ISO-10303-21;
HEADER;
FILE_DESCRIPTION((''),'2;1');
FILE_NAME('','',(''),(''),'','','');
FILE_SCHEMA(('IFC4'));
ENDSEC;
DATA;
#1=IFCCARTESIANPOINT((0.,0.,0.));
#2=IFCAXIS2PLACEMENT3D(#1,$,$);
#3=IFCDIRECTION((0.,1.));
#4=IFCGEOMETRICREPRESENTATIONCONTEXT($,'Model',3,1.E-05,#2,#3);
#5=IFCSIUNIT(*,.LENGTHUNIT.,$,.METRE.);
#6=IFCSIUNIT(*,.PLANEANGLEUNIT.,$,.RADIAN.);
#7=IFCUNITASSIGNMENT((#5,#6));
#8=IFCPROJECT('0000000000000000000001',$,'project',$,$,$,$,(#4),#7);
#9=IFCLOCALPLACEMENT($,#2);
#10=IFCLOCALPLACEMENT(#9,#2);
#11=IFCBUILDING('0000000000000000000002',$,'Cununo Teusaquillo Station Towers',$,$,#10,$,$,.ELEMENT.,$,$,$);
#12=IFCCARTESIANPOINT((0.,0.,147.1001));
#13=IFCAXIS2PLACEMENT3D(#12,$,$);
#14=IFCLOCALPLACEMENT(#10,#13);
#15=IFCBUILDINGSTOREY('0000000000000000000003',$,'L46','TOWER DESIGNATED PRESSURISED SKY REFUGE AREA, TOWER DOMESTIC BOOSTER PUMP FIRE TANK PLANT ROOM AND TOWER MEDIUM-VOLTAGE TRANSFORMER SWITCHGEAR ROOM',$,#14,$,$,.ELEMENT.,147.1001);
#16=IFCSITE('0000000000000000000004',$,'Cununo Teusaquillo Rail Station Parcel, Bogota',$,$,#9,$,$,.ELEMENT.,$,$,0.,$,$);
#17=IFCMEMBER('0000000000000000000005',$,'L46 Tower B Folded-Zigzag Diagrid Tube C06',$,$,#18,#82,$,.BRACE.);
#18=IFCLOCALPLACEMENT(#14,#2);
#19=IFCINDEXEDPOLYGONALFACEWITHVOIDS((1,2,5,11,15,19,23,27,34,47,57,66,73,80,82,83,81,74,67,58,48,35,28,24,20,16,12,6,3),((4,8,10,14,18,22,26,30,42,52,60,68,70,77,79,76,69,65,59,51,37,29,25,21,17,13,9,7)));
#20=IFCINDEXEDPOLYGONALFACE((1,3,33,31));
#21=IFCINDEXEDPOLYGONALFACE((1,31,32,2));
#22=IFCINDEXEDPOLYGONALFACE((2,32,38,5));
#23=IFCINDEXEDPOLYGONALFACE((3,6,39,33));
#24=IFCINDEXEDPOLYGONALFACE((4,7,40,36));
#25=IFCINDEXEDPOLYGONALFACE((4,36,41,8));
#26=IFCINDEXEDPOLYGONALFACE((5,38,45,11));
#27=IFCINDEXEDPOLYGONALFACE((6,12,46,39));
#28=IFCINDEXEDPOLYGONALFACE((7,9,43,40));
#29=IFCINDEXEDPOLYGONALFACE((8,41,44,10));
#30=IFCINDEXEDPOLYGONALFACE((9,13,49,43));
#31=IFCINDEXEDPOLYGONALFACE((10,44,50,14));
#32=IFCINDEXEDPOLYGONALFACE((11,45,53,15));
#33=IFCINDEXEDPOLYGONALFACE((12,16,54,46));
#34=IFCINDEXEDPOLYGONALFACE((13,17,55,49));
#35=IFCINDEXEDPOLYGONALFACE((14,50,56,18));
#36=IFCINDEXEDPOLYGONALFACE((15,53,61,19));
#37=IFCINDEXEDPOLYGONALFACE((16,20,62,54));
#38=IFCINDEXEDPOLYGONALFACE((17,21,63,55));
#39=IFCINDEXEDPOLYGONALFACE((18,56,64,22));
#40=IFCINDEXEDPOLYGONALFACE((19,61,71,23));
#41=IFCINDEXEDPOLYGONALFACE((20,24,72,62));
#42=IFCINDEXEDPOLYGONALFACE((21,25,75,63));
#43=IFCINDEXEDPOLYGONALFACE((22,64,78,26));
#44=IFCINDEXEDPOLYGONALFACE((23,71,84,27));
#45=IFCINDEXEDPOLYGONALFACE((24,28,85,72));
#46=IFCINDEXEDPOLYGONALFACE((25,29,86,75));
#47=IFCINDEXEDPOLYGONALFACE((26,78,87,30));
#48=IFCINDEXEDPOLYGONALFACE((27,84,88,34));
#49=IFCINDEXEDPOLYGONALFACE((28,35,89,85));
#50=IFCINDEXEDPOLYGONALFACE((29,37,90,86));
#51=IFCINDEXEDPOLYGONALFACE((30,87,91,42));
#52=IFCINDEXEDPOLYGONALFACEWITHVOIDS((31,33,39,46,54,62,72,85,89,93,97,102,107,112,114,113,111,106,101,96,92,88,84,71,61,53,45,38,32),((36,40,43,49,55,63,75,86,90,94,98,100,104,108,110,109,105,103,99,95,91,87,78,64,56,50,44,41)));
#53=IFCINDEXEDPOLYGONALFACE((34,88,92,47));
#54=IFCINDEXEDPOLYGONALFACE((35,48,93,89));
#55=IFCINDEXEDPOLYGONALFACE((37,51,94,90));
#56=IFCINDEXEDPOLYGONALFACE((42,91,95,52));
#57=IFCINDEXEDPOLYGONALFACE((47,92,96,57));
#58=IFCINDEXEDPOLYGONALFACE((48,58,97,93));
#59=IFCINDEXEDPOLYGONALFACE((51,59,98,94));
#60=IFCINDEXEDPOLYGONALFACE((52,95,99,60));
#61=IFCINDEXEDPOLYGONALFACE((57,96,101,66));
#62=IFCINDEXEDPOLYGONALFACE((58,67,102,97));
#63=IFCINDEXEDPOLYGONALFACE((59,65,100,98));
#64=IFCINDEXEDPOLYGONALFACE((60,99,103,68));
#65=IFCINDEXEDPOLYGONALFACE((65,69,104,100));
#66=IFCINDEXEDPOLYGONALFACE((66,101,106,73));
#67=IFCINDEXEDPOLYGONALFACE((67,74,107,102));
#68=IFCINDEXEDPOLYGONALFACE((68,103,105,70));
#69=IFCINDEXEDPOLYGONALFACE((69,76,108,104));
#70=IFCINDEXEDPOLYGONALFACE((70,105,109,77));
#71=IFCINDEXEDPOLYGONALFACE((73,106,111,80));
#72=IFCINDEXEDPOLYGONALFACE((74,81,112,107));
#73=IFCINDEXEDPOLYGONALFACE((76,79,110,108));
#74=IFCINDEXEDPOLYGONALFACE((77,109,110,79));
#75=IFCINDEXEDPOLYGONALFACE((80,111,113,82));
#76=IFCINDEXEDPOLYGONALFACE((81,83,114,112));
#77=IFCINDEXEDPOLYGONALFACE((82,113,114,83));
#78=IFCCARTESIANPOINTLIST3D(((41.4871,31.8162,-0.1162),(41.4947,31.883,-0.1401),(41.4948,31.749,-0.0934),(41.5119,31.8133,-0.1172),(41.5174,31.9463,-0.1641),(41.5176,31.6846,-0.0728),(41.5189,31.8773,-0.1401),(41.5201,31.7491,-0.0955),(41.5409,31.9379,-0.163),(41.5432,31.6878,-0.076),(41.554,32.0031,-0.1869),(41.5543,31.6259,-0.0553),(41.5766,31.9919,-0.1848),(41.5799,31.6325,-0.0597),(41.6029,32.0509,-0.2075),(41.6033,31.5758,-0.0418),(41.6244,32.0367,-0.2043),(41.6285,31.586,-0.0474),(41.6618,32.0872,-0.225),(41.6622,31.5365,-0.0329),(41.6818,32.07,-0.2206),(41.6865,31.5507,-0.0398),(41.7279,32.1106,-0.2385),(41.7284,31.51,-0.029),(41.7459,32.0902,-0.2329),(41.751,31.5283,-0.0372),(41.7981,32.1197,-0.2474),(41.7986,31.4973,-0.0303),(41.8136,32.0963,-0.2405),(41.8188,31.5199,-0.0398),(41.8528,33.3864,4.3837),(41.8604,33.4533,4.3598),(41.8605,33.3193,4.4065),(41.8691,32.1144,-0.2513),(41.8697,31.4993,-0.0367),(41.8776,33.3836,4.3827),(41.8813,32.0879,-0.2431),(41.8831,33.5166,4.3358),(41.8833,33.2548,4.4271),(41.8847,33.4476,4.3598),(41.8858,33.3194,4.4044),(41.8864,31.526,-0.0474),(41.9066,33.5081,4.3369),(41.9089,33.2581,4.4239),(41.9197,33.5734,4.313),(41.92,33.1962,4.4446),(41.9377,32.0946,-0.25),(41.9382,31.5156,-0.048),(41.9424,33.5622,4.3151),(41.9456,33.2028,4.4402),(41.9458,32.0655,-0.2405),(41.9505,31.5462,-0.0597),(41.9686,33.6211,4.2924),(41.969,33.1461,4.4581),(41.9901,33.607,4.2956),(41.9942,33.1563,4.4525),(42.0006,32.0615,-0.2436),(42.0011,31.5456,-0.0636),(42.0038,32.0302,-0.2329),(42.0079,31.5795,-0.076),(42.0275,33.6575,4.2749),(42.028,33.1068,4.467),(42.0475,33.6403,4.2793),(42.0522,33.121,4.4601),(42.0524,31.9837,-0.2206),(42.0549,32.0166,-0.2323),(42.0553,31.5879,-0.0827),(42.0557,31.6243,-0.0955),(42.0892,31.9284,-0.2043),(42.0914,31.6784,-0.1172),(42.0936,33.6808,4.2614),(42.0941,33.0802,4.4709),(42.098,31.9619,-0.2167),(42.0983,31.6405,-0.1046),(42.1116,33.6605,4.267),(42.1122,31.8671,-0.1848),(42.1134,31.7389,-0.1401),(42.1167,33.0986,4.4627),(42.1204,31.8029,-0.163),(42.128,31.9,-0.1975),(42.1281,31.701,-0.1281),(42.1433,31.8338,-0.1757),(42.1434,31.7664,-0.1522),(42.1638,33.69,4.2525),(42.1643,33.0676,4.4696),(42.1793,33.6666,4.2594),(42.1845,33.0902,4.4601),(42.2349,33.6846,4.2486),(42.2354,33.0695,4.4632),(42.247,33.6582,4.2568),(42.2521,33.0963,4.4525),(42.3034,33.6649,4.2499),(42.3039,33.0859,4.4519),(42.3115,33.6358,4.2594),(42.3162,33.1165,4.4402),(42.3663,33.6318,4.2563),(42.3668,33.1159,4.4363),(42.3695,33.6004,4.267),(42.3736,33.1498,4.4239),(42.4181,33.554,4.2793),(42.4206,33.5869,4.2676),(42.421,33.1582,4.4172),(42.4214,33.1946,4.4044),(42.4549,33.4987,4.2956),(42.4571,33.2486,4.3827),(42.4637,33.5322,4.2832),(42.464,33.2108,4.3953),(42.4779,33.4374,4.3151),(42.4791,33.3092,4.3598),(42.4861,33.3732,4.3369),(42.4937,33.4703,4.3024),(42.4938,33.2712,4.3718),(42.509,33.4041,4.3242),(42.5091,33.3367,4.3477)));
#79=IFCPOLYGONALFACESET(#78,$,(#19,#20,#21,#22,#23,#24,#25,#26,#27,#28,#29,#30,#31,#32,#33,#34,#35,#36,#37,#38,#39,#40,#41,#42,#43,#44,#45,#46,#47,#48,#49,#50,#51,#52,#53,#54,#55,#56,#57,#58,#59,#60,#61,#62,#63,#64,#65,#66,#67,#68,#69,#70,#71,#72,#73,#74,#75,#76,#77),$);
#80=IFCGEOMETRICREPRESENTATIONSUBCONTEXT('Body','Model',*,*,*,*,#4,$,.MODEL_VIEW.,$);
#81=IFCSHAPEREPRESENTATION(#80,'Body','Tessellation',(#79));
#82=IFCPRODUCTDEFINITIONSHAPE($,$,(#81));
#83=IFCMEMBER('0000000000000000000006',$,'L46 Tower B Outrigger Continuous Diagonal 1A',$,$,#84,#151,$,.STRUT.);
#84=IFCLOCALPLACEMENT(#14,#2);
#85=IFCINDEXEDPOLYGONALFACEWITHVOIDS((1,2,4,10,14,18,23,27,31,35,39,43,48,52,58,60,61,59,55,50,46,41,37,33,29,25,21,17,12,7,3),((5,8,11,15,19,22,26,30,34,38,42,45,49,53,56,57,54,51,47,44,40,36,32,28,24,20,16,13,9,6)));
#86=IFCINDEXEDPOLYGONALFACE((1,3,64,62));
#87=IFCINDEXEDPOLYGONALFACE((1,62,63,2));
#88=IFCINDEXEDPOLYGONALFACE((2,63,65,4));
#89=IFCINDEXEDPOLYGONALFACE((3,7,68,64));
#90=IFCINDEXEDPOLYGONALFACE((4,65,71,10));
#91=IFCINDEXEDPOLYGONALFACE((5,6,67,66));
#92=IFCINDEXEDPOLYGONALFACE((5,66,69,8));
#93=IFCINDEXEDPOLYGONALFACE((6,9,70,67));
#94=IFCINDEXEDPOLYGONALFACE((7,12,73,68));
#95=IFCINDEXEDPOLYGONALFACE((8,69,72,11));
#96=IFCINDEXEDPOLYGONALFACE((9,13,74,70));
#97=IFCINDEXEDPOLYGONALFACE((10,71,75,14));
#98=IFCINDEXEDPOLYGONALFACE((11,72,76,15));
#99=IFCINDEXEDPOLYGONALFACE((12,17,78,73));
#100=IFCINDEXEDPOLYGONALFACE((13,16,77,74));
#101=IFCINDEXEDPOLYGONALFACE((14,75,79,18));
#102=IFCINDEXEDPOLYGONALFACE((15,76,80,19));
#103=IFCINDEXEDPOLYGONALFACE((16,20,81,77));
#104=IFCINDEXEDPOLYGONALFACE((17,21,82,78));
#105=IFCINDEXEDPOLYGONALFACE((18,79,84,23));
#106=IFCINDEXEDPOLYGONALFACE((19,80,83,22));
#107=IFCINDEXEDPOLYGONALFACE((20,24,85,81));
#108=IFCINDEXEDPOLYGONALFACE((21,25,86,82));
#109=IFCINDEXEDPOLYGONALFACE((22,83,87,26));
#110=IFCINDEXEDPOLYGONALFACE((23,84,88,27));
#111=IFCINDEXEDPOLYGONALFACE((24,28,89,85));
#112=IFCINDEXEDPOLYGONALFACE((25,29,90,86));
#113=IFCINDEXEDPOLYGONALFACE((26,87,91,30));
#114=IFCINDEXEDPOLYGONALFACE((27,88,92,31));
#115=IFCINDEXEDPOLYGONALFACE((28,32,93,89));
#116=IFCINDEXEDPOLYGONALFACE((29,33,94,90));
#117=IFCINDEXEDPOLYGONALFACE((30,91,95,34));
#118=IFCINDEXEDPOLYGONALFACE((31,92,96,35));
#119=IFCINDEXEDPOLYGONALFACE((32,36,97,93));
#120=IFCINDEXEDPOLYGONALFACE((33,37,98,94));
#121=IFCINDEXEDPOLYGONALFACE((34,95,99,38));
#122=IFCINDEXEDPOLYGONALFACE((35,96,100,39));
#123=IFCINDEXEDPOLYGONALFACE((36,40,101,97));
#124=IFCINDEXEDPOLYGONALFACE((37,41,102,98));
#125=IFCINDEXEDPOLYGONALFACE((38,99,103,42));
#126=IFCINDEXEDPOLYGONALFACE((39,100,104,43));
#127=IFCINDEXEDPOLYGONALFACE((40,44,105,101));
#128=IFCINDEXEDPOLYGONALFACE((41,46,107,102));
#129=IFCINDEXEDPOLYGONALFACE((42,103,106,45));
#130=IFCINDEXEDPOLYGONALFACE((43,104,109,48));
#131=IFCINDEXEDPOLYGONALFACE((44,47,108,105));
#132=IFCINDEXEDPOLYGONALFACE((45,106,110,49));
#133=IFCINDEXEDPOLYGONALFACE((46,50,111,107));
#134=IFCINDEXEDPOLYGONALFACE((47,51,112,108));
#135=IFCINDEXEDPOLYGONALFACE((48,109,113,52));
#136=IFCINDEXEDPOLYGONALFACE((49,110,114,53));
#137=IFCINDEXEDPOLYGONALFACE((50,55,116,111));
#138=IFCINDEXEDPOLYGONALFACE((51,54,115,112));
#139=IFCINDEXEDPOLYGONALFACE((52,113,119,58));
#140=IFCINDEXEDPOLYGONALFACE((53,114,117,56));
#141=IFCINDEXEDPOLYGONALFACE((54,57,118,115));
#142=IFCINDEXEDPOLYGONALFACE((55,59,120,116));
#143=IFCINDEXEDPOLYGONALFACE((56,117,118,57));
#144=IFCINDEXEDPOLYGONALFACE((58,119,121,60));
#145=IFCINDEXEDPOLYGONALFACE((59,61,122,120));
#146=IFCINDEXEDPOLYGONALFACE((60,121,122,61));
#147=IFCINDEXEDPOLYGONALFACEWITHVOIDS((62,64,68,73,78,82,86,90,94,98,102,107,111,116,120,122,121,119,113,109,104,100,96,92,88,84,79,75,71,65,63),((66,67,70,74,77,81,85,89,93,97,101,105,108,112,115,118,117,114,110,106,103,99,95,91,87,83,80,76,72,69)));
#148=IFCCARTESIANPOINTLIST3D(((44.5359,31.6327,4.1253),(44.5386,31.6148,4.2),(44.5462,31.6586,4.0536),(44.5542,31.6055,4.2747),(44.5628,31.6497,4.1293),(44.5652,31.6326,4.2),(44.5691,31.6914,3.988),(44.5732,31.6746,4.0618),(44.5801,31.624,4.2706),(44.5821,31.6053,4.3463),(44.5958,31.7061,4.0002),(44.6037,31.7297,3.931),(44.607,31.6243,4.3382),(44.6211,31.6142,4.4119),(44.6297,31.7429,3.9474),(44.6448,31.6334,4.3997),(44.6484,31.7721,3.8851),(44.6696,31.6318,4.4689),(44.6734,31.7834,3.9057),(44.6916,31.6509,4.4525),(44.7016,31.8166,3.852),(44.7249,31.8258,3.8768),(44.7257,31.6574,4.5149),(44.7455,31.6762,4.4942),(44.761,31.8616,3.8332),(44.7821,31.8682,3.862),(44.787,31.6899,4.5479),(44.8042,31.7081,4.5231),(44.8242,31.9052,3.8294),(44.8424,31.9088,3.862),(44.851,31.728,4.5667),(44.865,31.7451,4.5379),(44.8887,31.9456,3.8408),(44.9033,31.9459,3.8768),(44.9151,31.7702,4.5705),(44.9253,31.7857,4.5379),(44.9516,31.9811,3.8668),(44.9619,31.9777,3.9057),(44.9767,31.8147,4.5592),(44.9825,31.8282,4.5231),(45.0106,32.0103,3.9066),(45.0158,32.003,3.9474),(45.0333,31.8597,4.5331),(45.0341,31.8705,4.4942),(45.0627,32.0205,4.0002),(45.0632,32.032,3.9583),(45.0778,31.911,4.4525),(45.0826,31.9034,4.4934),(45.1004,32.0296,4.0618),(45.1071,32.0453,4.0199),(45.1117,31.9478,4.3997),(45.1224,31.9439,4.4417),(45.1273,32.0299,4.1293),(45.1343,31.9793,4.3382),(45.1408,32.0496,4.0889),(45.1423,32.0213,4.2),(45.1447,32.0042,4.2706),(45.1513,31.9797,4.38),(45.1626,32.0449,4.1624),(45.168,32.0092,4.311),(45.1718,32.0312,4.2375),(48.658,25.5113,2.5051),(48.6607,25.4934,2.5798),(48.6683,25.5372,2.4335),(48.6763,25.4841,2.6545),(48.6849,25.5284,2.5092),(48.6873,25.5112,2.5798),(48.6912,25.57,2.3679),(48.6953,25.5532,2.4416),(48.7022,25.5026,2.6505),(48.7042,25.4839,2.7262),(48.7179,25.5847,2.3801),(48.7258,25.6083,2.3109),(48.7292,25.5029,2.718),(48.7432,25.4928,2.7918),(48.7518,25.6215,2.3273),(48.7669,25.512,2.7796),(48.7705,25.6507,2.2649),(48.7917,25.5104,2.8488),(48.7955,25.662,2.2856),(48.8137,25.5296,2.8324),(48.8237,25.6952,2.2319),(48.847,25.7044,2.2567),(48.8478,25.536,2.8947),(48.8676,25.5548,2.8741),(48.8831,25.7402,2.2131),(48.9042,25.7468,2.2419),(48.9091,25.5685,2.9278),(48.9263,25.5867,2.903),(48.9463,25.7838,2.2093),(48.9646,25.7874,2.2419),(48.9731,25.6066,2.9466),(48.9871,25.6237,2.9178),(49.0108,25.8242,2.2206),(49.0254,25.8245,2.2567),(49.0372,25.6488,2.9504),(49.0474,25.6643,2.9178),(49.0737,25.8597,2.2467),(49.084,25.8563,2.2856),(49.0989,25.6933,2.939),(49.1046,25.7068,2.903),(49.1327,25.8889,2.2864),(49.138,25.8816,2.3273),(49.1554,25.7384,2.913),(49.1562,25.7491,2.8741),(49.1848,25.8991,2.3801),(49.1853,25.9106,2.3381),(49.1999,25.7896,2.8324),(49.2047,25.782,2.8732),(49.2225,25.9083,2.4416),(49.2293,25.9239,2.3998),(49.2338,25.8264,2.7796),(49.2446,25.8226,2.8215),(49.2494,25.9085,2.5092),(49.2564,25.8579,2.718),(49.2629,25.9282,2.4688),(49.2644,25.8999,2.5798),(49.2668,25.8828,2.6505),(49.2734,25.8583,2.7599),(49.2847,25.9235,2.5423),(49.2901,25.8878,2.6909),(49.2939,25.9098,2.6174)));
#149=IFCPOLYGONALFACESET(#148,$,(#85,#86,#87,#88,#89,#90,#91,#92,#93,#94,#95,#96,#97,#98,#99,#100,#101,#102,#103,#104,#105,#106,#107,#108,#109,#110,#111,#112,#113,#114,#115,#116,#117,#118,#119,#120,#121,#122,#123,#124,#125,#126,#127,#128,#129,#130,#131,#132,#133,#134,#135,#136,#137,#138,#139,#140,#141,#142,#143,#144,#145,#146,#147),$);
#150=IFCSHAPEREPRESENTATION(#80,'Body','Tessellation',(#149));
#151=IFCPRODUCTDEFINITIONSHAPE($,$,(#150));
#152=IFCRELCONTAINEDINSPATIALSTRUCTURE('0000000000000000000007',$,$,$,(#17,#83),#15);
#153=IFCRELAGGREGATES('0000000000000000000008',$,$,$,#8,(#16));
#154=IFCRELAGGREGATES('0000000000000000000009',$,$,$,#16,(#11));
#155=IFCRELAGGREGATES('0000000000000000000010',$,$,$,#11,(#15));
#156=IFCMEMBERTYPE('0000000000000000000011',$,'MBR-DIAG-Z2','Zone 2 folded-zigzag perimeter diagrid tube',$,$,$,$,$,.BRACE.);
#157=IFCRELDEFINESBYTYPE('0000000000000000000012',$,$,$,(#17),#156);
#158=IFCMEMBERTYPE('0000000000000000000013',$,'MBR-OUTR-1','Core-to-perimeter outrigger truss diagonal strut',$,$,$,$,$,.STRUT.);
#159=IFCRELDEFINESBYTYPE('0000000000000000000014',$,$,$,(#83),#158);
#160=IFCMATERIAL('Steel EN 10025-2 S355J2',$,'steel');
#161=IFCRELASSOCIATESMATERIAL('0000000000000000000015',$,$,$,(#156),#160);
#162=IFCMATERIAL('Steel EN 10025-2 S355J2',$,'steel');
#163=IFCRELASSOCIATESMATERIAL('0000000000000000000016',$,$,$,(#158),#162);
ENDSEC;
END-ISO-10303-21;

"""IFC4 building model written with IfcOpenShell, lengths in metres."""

from ifc_helpers import new_model, si_unit, direction, frame, origin, origin_2d, place, context, subcontext, project, spatial, hollow_circle, extrude, material, material_profile, profile_set, type_object, element, save


model = new_model("IFC4")

# Units and contexts
model_context = context("Model", 3, precision=1e-05, world=origin(), true_north=direction((0.0, 1.0)))
body_context = subcontext(model_context, "Body", "Model", "MODEL_VIEW")
ifc_project = project(units=[si_unit("LENGTHUNIT", "METRE"), si_unit("PLANEANGLEUNIT", "RADIAN")], contexts=[model_context])

# Site, building, storey
site_placement = place(None, origin())
site = spatial("IfcSite", under=ifc_project, at=site_placement, Name="Cununo Teusaquillo Rail Station Parcel, Bogota", CompositionType="ELEMENT", RefElevation=0.0)
building_placement = place(site_placement, origin())
building = spatial("IfcBuilding", under=site, at=building_placement, Name="Cununo Teusaquillo Station Towers", CompositionType="ELEMENT")
storey_placement = place(building_placement, frame((0.0, 0.0, 147.1001)))
storey = spatial("IfcBuildingStorey", under=building, at=storey_placement, Name="L46", Description="TOWER DESIGNATED PRESSURISED SKY REFUGE AREA, TOWER DOMESTIC BOOSTER PUMP FIRE TANK PLANT ROOM AND TOWER MEDIUM-VOLTAGE TRANSFORMER SWITCHGEAR ROOM", CompositionType="ELEMENT", Elevation=147.1001)

# Members
ifc_material_1 = material(Name="Steel EN 10025-2 S355J2", Category="steel")
ifc_material_profile_1 = material_profile(ifc_material_1, hollow_circle(Radius=0.3301, WallThickness=0.0249, at=origin_2d()), Name="CHS 660x25")
ifc_profile_set_1 = profile_set([ifc_material_profile_1], Name="Steel EN 10025-2 S355J2")
member_type_1 = type_object("IfcMemberType", Name="MBR-DIAG-Z2", Description="Zone 2 folded-zigzag perimeter diagrid tube", PredefinedType="BRACE", material=ifc_profile_set_1)
member_1_placement = place(storey_placement, frame((41.8162, 31.8081, -0.1401), z_axis=(0.076509, 0.328508, 0.941397), x_axis=(-0.973935, 0.226828, 0.0)))
element("IfcMember", 1, at=member_1_placement, inside=storey, type_object=member_type_1, Name="L46 Tower B Folded-Zigzag Diagrid Tube C06", PredefinedType="BRACE", context=body_context, shape_type="SweptSolid", body=[
    extrude(hollow_circle(Radius=0.3301, WallThickness=0.0249, at=origin_2d()), origin(), (0.0, 0.0, 1.0), 4.78),
])
ifc_material_2 = material(Name="Steel EN 10025-2 S355J2", Category="steel")
ifc_material_profile_2 = material_profile(ifc_material_2, hollow_circle(Radius=0.3799, WallThickness=0.032, at=origin_2d()), Name="CHS 760x32")
ifc_profile_set_2 = profile_set([ifc_material_profile_2], Name="Steel EN 10025-2 S355J2")
member_type_2 = type_object("IfcMemberType", Name="MBR-OUTR-1", Description="Core-to-perimeter outrigger truss diagonal strut", PredefinedType="STRUT", material=ifc_profile_set_2)
member_2_placement = place(storey_placement, frame((48.9758, 25.7056, 2.5798), z_axis=(-0.545565, 0.810173, 0.214426), x_axis=(-0.829466, -0.558557, 0.0)))
element("IfcMember", 2, at=member_2_placement, inside=storey, type_object=member_type_2, Name="L46 Tower B Outrigger Continuous Diagonal 1A", PredefinedType="STRUT", context=body_context, shape_type="SweptSolid", body=[
    extrude(hollow_circle(Radius=0.3799, WallThickness=0.032, at=origin_2d()), origin(), (0.0, 0.0, 1.0), 7.5557),
])

save(model, "model.ifc")
